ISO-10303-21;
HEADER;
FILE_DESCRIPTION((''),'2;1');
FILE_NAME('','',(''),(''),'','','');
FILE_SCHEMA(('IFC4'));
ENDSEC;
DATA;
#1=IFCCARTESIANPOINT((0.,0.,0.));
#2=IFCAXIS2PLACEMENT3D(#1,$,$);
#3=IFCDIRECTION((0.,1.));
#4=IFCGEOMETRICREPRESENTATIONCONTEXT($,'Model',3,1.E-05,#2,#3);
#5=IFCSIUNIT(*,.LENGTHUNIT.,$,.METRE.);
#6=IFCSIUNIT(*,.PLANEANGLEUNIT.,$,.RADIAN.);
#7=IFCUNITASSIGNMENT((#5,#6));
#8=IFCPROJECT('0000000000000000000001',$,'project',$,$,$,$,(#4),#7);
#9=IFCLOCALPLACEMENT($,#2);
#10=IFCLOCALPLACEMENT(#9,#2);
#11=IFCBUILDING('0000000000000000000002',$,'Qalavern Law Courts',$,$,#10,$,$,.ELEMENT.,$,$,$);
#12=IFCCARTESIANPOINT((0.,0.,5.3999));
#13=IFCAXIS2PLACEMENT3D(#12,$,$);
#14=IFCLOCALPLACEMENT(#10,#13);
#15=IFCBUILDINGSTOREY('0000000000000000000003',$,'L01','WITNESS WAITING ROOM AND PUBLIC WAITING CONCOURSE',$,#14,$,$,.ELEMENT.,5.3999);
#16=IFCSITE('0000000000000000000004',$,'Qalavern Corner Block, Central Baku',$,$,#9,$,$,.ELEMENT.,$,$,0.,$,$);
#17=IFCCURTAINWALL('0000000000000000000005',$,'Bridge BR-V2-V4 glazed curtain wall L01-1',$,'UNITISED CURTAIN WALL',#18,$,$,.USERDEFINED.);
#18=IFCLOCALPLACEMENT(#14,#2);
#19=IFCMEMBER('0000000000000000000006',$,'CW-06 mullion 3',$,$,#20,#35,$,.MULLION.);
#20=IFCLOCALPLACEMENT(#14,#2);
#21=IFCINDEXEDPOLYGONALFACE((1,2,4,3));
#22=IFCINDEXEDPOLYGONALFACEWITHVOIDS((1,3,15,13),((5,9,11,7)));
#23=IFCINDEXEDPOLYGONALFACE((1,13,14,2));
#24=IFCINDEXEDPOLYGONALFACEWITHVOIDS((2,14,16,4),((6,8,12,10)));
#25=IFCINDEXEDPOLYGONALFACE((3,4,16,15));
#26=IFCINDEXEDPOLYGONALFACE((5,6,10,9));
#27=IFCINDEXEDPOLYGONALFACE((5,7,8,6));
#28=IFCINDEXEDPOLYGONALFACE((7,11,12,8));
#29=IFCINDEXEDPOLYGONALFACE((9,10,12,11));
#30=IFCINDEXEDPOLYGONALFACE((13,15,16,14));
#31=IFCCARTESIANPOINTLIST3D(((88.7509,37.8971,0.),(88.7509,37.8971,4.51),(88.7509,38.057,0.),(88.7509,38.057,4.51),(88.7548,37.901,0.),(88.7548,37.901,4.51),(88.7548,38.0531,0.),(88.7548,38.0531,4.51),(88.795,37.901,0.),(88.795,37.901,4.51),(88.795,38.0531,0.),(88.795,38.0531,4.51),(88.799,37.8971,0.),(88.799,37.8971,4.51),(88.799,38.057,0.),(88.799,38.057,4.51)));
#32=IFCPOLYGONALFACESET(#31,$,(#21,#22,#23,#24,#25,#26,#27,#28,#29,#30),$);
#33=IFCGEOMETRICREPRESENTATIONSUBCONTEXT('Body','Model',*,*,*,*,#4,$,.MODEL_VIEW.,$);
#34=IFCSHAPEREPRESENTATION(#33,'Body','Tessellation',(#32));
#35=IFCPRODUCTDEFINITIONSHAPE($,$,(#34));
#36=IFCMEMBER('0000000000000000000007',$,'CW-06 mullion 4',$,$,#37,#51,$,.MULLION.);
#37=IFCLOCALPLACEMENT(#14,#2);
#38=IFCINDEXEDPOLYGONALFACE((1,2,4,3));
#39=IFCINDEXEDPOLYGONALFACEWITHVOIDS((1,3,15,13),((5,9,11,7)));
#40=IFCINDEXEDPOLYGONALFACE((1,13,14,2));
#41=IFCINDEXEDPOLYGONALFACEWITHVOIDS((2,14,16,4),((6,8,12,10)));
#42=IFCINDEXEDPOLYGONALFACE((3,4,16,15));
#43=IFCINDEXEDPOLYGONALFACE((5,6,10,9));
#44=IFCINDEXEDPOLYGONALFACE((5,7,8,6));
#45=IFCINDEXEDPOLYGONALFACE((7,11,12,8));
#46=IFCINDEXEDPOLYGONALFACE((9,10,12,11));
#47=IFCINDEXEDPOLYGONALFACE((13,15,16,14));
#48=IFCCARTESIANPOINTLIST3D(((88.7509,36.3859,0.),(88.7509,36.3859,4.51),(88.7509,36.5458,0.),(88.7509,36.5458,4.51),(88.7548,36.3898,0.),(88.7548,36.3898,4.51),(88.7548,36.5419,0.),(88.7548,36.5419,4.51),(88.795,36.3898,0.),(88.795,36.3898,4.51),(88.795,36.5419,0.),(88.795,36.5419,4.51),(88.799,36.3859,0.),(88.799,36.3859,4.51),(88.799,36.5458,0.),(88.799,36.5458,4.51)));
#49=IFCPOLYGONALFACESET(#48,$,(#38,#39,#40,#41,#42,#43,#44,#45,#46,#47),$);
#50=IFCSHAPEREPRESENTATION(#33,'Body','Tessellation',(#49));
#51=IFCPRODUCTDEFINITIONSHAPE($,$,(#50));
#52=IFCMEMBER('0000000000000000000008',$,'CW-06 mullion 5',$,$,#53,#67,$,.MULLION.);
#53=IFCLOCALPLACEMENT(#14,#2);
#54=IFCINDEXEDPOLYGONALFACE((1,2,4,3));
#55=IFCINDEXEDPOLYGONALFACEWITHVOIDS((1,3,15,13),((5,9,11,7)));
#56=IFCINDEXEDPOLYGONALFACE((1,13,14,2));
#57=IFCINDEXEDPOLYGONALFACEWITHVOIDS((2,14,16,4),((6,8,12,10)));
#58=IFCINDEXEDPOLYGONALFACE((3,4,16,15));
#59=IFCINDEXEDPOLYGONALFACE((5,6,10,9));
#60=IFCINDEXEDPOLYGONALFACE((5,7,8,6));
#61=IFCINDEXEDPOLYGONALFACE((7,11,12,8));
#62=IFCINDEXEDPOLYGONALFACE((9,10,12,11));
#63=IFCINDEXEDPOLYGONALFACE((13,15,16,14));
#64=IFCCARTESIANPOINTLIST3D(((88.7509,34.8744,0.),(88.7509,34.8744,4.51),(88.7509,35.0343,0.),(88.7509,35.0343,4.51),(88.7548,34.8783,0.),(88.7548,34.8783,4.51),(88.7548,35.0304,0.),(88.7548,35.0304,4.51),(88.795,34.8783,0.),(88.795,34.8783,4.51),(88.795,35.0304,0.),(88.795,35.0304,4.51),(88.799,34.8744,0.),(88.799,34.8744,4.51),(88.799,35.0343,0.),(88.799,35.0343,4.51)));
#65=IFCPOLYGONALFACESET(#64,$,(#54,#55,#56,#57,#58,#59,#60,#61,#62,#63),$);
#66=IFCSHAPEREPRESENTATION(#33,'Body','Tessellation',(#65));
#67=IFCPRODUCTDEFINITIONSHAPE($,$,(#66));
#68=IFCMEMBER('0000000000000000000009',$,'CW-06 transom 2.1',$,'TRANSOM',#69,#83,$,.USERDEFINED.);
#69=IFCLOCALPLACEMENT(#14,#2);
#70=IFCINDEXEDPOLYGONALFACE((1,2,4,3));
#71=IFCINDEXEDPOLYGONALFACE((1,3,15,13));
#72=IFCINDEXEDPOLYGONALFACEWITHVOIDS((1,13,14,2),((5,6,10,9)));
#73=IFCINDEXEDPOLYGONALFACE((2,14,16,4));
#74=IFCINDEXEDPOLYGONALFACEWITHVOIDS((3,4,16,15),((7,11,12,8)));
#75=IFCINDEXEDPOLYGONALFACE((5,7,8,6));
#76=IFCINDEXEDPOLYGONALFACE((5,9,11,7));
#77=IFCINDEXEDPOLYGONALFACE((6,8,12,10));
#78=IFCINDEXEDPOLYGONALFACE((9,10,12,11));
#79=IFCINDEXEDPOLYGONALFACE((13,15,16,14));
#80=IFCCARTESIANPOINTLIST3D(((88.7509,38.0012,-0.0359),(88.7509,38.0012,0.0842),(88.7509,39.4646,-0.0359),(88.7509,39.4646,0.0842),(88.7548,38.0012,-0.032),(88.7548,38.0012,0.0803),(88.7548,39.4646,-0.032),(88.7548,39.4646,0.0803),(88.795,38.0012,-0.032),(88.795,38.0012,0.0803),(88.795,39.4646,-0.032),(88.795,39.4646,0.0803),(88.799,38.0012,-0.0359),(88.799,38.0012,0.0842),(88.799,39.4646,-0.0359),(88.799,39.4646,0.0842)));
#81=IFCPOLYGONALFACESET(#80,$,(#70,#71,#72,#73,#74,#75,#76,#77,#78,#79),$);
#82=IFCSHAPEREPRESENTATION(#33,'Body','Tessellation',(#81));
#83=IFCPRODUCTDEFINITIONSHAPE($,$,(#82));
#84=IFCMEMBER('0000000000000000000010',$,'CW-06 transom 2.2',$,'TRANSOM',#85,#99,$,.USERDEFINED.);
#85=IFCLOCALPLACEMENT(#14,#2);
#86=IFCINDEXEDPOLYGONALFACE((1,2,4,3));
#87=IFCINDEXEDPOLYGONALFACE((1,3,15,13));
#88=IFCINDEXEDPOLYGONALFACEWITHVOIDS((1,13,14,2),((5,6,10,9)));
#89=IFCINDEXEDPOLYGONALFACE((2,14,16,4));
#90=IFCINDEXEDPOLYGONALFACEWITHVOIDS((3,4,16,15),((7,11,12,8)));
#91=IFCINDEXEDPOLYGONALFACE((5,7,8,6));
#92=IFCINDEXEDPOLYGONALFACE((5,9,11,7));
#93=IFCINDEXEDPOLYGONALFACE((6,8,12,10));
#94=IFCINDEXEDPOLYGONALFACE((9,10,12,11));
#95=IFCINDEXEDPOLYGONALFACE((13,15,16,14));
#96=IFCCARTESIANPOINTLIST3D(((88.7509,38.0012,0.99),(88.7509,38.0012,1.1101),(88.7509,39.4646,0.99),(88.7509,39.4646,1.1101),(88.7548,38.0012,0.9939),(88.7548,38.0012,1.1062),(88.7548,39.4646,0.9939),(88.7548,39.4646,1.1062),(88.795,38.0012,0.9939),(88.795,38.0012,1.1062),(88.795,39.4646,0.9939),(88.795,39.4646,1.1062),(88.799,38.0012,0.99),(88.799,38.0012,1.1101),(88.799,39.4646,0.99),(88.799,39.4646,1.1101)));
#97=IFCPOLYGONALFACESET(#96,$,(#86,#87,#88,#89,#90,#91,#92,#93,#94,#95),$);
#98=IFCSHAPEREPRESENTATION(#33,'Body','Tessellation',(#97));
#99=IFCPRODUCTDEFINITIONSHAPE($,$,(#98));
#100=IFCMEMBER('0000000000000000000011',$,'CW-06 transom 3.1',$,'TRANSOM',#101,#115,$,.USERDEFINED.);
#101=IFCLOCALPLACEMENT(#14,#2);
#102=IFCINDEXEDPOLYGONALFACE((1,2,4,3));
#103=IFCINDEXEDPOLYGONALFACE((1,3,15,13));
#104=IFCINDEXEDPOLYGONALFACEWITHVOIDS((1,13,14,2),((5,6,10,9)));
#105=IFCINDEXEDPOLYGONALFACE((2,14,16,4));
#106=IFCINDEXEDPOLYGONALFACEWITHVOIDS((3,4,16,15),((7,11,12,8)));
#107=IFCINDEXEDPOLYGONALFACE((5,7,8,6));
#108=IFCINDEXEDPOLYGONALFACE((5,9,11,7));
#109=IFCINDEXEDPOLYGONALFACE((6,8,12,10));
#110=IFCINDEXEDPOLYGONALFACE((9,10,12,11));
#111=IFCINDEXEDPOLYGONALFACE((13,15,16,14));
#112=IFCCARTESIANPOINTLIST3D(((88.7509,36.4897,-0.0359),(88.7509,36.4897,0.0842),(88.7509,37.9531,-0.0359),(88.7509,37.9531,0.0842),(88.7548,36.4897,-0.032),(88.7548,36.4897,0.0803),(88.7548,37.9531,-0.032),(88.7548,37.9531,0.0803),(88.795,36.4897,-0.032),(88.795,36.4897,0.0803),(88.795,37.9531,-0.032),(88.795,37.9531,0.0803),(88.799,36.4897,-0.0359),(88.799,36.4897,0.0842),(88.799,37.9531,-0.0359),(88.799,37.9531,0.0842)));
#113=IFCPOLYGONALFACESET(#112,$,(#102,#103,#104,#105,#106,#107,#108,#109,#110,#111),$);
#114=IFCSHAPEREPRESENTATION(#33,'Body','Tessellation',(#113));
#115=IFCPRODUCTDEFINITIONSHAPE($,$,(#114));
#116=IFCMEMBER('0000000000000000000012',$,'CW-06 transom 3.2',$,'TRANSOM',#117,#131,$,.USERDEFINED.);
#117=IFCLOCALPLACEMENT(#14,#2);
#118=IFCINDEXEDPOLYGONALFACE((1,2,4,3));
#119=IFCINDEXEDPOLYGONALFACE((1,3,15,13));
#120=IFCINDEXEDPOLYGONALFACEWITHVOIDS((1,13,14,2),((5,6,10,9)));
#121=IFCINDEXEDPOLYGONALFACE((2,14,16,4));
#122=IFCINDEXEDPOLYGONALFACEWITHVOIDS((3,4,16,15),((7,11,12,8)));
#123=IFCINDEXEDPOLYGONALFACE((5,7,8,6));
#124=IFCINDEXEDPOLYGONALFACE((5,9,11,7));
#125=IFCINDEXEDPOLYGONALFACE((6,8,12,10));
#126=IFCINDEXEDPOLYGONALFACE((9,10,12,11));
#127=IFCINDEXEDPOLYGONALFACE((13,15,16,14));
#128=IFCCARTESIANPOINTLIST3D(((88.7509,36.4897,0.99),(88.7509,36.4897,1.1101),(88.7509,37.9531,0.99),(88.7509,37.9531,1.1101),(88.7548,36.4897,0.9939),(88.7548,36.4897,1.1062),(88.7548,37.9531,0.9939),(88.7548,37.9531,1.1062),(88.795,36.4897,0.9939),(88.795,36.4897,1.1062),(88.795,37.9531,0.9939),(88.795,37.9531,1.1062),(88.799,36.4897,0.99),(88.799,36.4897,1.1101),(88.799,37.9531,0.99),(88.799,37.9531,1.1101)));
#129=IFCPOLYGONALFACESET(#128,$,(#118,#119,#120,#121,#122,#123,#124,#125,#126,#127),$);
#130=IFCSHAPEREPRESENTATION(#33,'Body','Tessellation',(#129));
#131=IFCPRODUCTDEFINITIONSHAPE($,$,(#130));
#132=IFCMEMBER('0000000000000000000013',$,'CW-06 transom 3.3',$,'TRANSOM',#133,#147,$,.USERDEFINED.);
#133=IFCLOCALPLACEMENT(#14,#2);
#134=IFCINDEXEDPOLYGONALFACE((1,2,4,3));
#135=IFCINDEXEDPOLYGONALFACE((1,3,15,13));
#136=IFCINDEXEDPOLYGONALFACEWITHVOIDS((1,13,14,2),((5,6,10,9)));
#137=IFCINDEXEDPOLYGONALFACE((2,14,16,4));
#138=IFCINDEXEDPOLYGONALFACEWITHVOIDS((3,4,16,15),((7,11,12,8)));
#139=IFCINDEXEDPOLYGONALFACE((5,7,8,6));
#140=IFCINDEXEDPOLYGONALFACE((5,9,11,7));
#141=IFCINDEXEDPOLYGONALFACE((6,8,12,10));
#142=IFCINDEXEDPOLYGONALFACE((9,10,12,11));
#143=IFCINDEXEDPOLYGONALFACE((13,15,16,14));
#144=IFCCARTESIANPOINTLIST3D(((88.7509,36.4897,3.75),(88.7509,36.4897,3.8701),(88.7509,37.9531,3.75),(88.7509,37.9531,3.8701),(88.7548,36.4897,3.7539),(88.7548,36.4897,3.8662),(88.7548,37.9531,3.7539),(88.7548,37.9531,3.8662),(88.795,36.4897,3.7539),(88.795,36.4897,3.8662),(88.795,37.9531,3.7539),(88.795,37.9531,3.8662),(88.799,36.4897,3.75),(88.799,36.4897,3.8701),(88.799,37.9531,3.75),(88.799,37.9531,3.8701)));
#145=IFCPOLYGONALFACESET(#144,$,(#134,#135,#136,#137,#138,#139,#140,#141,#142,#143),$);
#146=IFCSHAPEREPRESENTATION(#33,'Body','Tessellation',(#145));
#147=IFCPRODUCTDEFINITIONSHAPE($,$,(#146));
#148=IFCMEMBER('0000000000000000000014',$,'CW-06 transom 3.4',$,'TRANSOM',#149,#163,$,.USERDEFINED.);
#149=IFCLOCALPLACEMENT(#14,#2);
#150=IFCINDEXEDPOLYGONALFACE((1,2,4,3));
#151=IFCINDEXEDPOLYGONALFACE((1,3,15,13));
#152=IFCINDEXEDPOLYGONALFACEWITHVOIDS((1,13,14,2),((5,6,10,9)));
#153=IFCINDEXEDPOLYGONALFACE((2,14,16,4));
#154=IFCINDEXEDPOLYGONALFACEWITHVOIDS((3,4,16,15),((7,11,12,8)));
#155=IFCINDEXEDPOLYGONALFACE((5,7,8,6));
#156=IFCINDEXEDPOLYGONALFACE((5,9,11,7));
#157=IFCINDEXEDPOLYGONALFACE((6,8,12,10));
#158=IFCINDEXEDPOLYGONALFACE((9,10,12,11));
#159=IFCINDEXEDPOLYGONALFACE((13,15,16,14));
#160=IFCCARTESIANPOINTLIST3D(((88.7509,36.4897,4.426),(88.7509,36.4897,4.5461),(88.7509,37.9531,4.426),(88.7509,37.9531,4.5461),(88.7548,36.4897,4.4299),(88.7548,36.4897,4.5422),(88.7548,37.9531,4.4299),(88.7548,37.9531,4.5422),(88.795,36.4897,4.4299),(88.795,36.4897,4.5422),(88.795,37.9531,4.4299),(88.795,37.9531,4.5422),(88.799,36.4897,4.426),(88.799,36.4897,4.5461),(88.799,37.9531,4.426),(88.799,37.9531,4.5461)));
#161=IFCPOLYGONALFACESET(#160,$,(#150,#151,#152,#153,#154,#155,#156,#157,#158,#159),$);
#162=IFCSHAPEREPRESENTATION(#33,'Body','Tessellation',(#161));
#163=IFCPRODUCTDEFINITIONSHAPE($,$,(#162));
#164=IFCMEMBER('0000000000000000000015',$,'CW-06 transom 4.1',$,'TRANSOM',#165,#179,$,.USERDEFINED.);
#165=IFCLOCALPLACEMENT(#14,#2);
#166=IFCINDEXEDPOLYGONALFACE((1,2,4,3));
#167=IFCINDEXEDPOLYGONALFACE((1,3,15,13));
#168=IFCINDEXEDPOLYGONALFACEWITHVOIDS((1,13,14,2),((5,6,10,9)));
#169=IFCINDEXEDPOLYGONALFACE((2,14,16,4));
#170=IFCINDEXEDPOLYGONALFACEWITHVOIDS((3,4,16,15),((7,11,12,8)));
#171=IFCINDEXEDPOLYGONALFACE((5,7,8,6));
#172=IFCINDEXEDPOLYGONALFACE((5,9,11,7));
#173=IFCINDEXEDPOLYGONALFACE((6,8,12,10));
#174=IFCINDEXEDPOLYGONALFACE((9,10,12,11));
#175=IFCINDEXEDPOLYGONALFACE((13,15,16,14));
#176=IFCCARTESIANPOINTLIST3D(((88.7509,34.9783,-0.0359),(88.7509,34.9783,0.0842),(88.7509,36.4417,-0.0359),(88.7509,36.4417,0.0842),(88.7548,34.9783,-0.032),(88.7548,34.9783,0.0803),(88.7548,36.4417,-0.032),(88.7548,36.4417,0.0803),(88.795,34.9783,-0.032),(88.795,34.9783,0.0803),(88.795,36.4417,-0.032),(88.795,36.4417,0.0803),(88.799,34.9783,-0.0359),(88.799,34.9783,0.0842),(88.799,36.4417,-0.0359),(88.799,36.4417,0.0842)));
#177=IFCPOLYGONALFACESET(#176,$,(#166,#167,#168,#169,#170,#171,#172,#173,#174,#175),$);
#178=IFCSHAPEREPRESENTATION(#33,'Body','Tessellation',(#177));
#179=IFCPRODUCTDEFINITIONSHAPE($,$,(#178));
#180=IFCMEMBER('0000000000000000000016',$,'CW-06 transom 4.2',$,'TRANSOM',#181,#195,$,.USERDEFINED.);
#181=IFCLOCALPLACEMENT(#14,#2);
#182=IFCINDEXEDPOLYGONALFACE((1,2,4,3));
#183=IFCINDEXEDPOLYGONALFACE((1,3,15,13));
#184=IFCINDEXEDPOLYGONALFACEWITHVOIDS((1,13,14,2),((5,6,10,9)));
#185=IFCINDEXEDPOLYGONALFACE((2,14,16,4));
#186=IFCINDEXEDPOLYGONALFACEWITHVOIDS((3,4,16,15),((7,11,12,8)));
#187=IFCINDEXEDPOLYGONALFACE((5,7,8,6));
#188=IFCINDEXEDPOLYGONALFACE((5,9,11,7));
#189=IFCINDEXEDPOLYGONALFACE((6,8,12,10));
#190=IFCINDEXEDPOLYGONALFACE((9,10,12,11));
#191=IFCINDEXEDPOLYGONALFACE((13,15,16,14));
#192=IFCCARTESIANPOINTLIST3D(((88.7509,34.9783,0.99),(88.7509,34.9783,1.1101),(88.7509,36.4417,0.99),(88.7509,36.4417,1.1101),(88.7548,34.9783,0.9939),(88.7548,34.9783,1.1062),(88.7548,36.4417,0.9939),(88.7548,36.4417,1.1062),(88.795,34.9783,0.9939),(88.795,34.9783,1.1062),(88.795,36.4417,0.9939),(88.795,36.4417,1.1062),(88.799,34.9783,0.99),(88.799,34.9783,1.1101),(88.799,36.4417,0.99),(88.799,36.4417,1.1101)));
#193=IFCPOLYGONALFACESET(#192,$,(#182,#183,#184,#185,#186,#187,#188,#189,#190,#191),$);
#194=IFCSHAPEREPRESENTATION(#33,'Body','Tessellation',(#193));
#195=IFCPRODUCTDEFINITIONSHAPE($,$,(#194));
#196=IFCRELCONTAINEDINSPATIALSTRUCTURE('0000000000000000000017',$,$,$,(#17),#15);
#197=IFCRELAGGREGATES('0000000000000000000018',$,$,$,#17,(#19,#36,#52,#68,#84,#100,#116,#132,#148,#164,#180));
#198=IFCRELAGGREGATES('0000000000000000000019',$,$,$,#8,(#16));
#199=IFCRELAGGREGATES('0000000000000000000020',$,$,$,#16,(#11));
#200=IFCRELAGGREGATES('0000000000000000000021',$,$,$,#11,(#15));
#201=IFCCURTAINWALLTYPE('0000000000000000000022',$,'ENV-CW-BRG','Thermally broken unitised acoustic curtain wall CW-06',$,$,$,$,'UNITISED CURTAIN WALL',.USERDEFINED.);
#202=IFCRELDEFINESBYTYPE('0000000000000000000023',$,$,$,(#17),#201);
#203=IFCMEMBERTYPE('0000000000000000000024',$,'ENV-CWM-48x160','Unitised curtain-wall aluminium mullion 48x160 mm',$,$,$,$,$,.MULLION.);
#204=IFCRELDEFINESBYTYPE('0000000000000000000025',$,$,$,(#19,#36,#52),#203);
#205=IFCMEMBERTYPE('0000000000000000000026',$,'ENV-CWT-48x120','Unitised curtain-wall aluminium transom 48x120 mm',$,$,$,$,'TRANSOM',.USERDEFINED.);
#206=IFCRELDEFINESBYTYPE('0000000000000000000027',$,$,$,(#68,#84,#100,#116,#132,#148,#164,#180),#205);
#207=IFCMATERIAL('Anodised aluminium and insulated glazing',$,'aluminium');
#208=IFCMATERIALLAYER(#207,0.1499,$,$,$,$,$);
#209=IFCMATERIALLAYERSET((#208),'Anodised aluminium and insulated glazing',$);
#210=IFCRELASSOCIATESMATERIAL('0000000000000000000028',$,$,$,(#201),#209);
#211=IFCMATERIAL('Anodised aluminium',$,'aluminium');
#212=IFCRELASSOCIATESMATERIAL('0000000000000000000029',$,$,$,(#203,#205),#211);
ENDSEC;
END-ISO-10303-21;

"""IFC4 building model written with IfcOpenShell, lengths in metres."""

from ifc_helpers import new_model, si_unit, direction, frame, origin, origin_2d, place, context, subcontext, project, spatial, hollow_rectangle, extrude, material, layer, layer_set, material_profile, profile_set, type_object, element, aggregate, save


model = new_model("IFC4")

# Units and contexts
model_context = context("Model", 3, precision=1e-05, world=origin(), true_north=direction((0.0, 1.0)))
body_context = subcontext(model_context, "Body", "Model", "MODEL_VIEW")
ifc_project = project(units=[si_unit("LENGTHUNIT", "METRE"), si_unit("PLANEANGLEUNIT", "RADIAN")], contexts=[model_context])

# Site, building, storey
site_placement = place(None, origin())
site = spatial("IfcSite", under=ifc_project, at=site_placement, Name="Qalavern Corner Block, Central Baku", CompositionType="ELEMENT", RefElevation=0.0)
building_placement = place(site_placement, origin())
building = spatial("IfcBuilding", under=site, at=building_placement, Name="Qalavern Law Courts", CompositionType="ELEMENT")
storey_placement = place(building_placement, frame((0.0, 0.0, 5.3999)))
storey = spatial("IfcBuildingStorey", under=building, at=storey_placement, Name="L01", Description="WITNESS WAITING ROOM AND PUBLIC WAITING CONCOURSE", CompositionType="ELEMENT", Elevation=5.3999)

# Curtain wall, members
ifc_material_1 = material(Name="Anodised aluminium and insulated glazing", Category="aluminium")
ifc_layer_1 = layer(ifc_material_1, 0.1499)
ifc_layer_set_1 = layer_set([ifc_layer_1], Name="Anodised aluminium and insulated glazing")
curtain_wall_type = type_object("IfcCurtainWallType", Name="ENV-CW-BRG", Description="Thermally broken unitised acoustic curtain wall CW-06", ElementType="UNITISED CURTAIN WALL", PredefinedType="USERDEFINED", material=ifc_layer_set_1)
curtain_wall_placement = place(storey_placement, origin())
curtain_wall = element("IfcCurtainWall", 1, at=curtain_wall_placement, inside=storey, type_object=curtain_wall_type, Name="Bridge BR-V2-V4 glazed curtain wall L01-1", ObjectType="UNITISED CURTAIN WALL", PredefinedType="USERDEFINED")
ifc_material_2 = material(Name="Anodised aluminium", Category="aluminium")
ifc_material_profile_1 = material_profile(ifc_material_2, hollow_rectangle(XDim=0.0481, YDim=0.1599, WallThickness=0.0039, at=origin_2d()), Name="ALU MULLION 48x160")
ifc_profile_set_1 = profile_set([ifc_material_profile_1], Name="Anodised aluminium")
member_type_1 = type_object("IfcMemberType", Name="ENV-CWM-48x160", Description="Unitised curtain-wall aluminium mullion 48x160 mm", PredefinedType="MULLION", material=ifc_profile_set_1)
member_1_placement = place(storey_placement, frame((88.7749, 37.9771, 0.0), z_axis=(0.0, 0.0, 1.0), x_axis=(1.0, 0.0, 0.0)))
member_1 = element("IfcMember", 2, at=member_1_placement, type_object=member_type_1, Name="CW-06 mullion 3", PredefinedType="MULLION", context=body_context, shape_type="SweptSolid", body=[
    extrude(hollow_rectangle(XDim=0.0481, YDim=0.1599, WallThickness=0.0039, at=origin_2d()), origin(), (0.0, 0.0, 1.0), 4.51),
])
member_2_placement = place(storey_placement, frame((88.7749, 36.4658, 0.0), z_axis=(0.0, 0.0, 1.0), x_axis=(1.0, 0.0, 0.0)))
member_2 = element("IfcMember", 3, at=member_2_placement, type_object=member_type_1, Name="CW-06 mullion 4", PredefinedType="MULLION", context=body_context, shape_type="SweptSolid", body=[
    extrude(hollow_rectangle(XDim=0.0481, YDim=0.1599, WallThickness=0.0039, at=origin_2d()), origin(), (0.0, 0.0, 1.0), 4.51),
])
member_3_placement = place(storey_placement, frame((88.7749, 34.9543, 0.0), z_axis=(0.0, 0.0, 1.0), x_axis=(1.0, 0.0, 0.0)))
member_3 = element("IfcMember", 4, at=member_3_placement, type_object=member_type_1, Name="CW-06 mullion 5", PredefinedType="MULLION", context=body_context, shape_type="SweptSolid", body=[
    extrude(hollow_rectangle(XDim=0.0481, YDim=0.1599, WallThickness=0.0039, at=origin_2d()), origin(), (0.0, 0.0, 1.0), 4.51),
])
ifc_material_profile_2 = material_profile(ifc_material_2, hollow_rectangle(XDim=0.0481, YDim=0.1201, WallThickness=0.0039, at=origin_2d()), Name="ALU TRANSOM 48x120")
ifc_profile_set_2 = profile_set([ifc_material_profile_2], Name="Anodised aluminium")
member_type_2 = type_object("IfcMemberType", Name="ENV-CWT-48x120", Description="Unitised curtain-wall aluminium transom 48x120 mm", ElementType="TRANSOM", PredefinedType="USERDEFINED", material=ifc_profile_set_2)
member_4_placement = place(storey_placement, frame((88.7749, 39.4646, 0.0242), z_axis=(0.0, -1.0, 0.0), x_axis=(1.0, 0.0, 0.0)))
member_4 = element("IfcMember", 5, at=member_4_placement, type_object=member_type_2, Name="CW-06 transom 2.1", ObjectType="TRANSOM", PredefinedType="USERDEFINED", context=body_context, shape_type="SweptSolid", body=[
    extrude(hollow_rectangle(XDim=0.0481, YDim=0.1201, WallThickness=0.0039, at=origin_2d()), origin(), (0.0, 0.0, 1.0), 1.4634),
])
member_5_placement = place(storey_placement, frame((88.7749, 39.4646, 1.05), z_axis=(0.0, -1.0, 0.0), x_axis=(1.0, 0.0, 0.0)))
member_5 = element("IfcMember", 6, at=member_5_placement, type_object=member_type_2, Name="CW-06 transom 2.2", ObjectType="TRANSOM", PredefinedType="USERDEFINED", context=body_context, shape_type="SweptSolid", body=[
    extrude(hollow_rectangle(XDim=0.0481, YDim=0.1201, WallThickness=0.0039, at=origin_2d()), origin(), (0.0, 0.0, 1.0), 1.4634),
])
member_6_placement = place(storey_placement, frame((88.7749, 37.9531, 0.0242), z_axis=(0.0, -1.0, 0.0), x_axis=(1.0, 0.0, 0.0)))
member_6 = element("IfcMember", 7, at=member_6_placement, type_object=member_type_2, Name="CW-06 transom 3.1", ObjectType="TRANSOM", PredefinedType="USERDEFINED", context=body_context, shape_type="SweptSolid", body=[
    extrude(hollow_rectangle(XDim=0.0481, YDim=0.1201, WallThickness=0.0039, at=origin_2d()), origin(), (0.0, 0.0, 1.0), 1.4634),
])
member_7_placement = place(storey_placement, frame((88.7749, 37.9531, 1.05), z_axis=(0.0, -1.0, 0.0), x_axis=(1.0, 0.0, 0.0)))
member_7 = element("IfcMember", 8, at=member_7_placement, type_object=member_type_2, Name="CW-06 transom 3.2", ObjectType="TRANSOM", PredefinedType="USERDEFINED", context=body_context, shape_type="SweptSolid", body=[
    extrude(hollow_rectangle(XDim=0.0481, YDim=0.1201, WallThickness=0.0039, at=origin_2d()), origin(), (0.0, 0.0, 1.0), 1.4634),
])
member_8_placement = place(storey_placement, frame((88.7749, 37.9531, 3.8101), z_axis=(0.0, -1.0, 0.0), x_axis=(1.0, 0.0, 0.0)))
member_8 = element("IfcMember", 9, at=member_8_placement, type_object=member_type_2, Name="CW-06 transom 3.3", ObjectType="TRANSOM", PredefinedType="USERDEFINED", context=body_context, shape_type="SweptSolid", body=[
    extrude(hollow_rectangle(XDim=0.0481, YDim=0.1201, WallThickness=0.0039, at=origin_2d()), origin(), (0.0, 0.0, 1.0), 1.4634),
])
member_9_placement = place(storey_placement, frame((88.7749, 37.9531, 4.4861), z_axis=(0.0, -1.0, 0.0), x_axis=(1.0, 0.0, 0.0)))
member_9 = element("IfcMember", 10, at=member_9_placement, type_object=member_type_2, Name="CW-06 transom 3.4", ObjectType="TRANSOM", PredefinedType="USERDEFINED", context=body_context, shape_type="SweptSolid", body=[
    extrude(hollow_rectangle(XDim=0.0481, YDim=0.1201, WallThickness=0.0039, at=origin_2d()), origin(), (0.0, 0.0, 1.0), 1.4634),
])
member_10_placement = place(storey_placement, frame((88.7749, 36.4417, 0.0242), z_axis=(0.0, -1.0, 0.0), x_axis=(1.0, 0.0, 0.0)))
member_10 = element("IfcMember", 11, at=member_10_placement, type_object=member_type_2, Name="CW-06 transom 4.1", ObjectType="TRANSOM", PredefinedType="USERDEFINED", context=body_context, shape_type="SweptSolid", body=[
    extrude(hollow_rectangle(XDim=0.0481, YDim=0.1201, WallThickness=0.0039, at=origin_2d()), origin(), (0.0, 0.0, 1.0), 1.4634),
])
member_11_placement = place(storey_placement, frame((88.7749, 36.4417, 1.05), z_axis=(0.0, -1.0, 0.0), x_axis=(1.0, 0.0, 0.0)))
member_11 = element("IfcMember", 12, at=member_11_placement, type_object=member_type_2, Name="CW-06 transom 4.2", ObjectType="TRANSOM", PredefinedType="USERDEFINED", context=body_context, shape_type="SweptSolid", body=[
    extrude(hollow_rectangle(XDim=0.0481, YDim=0.1201, WallThickness=0.0039, at=origin_2d()), origin(), (0.0, 0.0, 1.0), 1.4634),
])
aggregate(curtain_wall, [member_1, member_2, member_3, member_4, member_5, member_6, member_7, member_8, member_9, member_10, member_11])

save(model, "model.ifc")
